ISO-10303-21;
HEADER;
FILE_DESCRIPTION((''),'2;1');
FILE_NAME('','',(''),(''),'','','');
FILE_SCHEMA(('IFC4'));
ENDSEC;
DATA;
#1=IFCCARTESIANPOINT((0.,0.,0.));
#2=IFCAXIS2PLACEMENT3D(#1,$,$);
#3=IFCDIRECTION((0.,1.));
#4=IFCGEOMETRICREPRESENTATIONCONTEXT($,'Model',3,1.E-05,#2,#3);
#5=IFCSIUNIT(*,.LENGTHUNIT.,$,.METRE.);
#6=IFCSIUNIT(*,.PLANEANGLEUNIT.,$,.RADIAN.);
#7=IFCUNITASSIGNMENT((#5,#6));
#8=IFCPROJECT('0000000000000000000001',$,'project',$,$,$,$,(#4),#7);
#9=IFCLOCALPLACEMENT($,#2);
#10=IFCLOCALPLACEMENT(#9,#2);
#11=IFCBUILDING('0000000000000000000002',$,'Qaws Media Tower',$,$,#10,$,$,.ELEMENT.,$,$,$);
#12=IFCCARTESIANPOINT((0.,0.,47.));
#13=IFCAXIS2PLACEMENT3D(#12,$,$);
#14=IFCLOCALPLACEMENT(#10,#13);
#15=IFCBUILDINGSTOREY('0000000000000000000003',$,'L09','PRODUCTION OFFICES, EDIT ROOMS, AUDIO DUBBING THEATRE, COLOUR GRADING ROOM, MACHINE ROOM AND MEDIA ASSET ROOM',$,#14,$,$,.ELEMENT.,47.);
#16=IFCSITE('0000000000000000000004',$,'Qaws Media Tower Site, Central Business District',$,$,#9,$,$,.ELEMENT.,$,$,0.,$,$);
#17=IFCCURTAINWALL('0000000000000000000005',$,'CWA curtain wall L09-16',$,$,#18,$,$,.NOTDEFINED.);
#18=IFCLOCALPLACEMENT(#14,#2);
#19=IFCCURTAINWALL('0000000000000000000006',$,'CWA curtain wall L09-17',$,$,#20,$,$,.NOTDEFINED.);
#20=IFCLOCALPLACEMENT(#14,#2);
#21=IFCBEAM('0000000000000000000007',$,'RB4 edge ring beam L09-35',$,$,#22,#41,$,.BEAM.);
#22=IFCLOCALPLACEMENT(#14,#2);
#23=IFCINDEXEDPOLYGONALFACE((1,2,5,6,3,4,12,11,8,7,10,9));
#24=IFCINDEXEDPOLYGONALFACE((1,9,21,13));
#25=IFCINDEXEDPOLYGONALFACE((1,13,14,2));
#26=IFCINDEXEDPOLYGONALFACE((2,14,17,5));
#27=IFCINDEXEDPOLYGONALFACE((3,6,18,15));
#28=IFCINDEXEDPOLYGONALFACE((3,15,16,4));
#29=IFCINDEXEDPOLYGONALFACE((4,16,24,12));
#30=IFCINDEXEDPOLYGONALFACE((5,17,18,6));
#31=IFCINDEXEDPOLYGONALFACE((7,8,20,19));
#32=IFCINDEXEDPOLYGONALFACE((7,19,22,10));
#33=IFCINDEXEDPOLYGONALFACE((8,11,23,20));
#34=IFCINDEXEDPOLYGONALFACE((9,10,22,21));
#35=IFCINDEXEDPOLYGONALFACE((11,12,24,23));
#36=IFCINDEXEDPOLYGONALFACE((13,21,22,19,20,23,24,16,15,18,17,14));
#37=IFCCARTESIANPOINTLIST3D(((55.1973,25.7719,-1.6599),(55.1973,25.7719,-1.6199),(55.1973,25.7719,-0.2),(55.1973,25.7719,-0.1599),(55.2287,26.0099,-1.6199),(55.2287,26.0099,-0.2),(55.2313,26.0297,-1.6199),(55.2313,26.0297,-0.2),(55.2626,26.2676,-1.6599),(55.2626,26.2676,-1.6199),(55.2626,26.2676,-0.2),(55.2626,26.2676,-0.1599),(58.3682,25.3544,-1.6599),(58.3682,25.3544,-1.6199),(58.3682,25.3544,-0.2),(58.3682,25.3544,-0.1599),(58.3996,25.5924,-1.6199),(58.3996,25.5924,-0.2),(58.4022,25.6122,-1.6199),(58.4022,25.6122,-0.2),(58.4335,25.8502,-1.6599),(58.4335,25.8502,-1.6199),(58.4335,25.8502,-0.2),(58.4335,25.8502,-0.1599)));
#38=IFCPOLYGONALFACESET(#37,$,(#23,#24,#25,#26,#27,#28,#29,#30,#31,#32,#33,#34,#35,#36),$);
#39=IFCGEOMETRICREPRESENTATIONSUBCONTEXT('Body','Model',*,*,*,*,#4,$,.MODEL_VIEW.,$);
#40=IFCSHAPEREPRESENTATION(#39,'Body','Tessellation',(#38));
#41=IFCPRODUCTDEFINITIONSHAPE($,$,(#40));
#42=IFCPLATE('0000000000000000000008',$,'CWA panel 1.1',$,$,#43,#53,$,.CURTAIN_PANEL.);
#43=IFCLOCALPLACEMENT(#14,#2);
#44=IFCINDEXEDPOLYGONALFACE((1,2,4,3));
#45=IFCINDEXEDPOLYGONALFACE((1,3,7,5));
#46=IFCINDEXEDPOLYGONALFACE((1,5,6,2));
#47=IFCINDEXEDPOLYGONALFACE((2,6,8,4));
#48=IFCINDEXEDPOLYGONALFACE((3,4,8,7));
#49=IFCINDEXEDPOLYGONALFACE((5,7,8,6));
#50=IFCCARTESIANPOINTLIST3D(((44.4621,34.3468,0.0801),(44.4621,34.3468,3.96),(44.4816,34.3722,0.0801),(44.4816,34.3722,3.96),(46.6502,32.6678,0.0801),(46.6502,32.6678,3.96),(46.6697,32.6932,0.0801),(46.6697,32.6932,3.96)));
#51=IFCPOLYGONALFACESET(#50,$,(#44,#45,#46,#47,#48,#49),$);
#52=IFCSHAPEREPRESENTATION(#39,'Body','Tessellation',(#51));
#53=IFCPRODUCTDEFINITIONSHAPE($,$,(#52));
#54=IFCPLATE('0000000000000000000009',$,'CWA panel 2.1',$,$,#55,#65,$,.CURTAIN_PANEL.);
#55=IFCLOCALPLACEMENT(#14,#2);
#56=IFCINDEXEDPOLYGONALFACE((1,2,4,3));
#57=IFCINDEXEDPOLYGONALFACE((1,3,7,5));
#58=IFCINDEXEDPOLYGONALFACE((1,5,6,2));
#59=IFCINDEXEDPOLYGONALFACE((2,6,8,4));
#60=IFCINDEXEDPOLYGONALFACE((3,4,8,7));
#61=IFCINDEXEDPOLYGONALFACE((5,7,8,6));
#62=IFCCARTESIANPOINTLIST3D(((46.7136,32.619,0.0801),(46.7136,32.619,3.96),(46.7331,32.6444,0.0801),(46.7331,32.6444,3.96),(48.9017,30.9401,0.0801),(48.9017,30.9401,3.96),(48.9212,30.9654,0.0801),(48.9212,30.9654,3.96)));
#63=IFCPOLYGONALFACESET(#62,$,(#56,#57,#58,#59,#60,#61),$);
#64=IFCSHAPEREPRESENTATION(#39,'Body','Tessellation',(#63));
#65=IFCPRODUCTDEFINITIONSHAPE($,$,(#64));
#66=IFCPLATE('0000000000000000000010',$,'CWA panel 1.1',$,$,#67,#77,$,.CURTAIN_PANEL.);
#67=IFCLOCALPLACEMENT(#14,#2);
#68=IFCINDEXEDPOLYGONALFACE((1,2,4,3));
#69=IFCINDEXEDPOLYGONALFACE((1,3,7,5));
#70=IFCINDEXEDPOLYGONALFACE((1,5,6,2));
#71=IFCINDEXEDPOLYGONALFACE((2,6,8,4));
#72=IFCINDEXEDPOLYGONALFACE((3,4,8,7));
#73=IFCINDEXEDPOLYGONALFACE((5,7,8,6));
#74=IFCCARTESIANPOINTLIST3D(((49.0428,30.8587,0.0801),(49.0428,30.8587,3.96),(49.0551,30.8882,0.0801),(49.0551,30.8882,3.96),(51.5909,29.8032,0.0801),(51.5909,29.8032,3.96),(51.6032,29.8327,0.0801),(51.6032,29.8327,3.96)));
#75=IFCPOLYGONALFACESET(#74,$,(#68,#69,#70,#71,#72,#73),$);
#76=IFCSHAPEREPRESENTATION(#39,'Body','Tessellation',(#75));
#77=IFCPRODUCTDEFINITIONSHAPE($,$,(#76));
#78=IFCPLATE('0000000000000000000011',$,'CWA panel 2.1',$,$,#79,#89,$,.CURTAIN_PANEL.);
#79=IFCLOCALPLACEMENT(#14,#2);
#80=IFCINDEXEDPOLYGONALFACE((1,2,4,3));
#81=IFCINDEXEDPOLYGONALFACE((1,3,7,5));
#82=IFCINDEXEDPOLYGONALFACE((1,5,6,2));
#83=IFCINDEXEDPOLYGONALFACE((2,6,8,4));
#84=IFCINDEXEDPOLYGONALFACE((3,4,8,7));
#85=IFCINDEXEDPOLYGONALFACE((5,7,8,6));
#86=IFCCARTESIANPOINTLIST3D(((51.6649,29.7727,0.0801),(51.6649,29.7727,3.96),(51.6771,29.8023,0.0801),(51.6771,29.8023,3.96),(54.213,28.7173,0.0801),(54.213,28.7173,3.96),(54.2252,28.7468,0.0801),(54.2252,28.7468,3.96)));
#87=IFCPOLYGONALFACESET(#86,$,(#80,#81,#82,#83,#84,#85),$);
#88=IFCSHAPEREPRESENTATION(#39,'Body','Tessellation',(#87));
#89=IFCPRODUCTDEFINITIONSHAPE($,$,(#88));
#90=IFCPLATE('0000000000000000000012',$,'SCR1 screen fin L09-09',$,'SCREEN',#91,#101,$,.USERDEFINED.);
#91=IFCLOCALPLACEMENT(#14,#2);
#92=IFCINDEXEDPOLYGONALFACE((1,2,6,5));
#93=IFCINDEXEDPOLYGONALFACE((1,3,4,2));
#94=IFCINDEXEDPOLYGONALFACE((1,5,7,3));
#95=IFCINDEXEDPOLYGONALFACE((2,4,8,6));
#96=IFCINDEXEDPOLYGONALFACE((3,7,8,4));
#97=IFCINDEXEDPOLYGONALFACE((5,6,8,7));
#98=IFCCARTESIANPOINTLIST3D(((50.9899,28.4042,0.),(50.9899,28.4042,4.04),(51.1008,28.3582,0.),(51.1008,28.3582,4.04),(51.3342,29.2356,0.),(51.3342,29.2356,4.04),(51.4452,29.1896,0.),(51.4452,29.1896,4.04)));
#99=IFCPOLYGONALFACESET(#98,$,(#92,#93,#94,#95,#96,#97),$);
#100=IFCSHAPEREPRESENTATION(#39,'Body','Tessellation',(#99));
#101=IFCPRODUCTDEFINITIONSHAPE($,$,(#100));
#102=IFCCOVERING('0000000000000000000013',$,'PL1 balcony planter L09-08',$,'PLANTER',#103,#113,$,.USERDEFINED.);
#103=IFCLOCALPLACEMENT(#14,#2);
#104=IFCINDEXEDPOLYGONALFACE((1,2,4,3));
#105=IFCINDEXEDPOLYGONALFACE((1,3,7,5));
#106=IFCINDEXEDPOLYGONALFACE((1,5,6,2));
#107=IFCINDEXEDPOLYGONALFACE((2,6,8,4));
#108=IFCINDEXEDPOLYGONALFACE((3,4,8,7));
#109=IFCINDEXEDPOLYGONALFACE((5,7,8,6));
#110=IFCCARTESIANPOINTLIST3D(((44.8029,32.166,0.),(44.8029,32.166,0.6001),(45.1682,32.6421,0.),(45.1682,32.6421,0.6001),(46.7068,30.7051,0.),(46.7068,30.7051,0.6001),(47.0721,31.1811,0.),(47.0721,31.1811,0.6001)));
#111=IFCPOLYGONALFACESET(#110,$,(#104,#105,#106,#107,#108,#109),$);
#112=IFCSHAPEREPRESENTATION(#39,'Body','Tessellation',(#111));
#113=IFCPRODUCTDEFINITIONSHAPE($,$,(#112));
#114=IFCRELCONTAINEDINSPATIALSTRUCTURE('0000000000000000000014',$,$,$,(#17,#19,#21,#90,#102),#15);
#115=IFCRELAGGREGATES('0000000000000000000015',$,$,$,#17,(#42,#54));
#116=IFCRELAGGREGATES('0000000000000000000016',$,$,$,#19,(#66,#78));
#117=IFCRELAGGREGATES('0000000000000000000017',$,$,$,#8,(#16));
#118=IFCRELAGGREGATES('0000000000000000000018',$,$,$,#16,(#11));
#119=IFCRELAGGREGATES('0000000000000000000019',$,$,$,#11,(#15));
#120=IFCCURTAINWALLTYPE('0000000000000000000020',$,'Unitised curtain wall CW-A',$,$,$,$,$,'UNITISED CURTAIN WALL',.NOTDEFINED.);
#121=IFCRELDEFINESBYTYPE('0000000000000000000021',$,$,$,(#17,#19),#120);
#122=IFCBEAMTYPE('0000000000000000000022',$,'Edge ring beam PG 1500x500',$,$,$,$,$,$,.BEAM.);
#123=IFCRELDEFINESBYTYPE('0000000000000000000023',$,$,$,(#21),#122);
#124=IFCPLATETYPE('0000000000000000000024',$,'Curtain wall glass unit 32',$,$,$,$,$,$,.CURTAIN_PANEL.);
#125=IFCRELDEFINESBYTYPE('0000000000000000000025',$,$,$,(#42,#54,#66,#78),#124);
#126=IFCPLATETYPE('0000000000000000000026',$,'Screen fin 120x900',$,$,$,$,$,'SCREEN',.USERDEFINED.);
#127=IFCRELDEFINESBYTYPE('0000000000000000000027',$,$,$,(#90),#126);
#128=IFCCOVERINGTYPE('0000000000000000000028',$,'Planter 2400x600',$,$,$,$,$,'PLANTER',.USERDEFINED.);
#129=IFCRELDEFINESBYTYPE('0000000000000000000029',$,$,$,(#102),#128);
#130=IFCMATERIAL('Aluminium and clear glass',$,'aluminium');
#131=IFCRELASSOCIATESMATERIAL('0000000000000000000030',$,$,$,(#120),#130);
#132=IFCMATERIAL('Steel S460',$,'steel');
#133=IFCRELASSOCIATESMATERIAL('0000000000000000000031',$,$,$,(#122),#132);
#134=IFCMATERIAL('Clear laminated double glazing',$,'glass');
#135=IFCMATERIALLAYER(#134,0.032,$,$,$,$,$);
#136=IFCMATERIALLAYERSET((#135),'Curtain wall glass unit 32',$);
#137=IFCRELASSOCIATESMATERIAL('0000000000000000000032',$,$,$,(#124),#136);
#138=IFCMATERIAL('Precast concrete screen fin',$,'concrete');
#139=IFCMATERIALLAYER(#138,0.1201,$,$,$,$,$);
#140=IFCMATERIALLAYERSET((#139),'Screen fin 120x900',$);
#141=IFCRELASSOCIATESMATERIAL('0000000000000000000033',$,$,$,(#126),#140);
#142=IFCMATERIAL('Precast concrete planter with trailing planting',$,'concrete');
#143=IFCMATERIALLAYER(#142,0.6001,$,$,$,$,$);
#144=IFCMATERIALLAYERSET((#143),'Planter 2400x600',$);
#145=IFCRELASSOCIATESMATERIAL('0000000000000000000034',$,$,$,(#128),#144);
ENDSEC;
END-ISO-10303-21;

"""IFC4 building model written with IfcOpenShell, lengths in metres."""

from ifc_helpers import new_model, si_unit, direction, frame, origin, origin_2d, place, context, subcontext, project, spatial, rectangle, i_section, extrude, material, layer, layer_set, material_profile, profile_set, type_object, element, aggregate, save


model = new_model("IFC4")

# Units and contexts
model_context = context("Model", 3, precision=1e-05, world=origin(), true_north=direction((0.0, 1.0)))
body_context = subcontext(model_context, "Body", "Model", "MODEL_VIEW")
ifc_project = project(units=[si_unit("LENGTHUNIT", "METRE"), si_unit("PLANEANGLEUNIT", "RADIAN")], contexts=[model_context])

# Site, building, storey
site_placement = place(None, origin())
site = spatial("IfcSite", under=ifc_project, at=site_placement, Name="Qaws Media Tower Site, Central Business District", CompositionType="ELEMENT", RefElevation=0.0)
building_placement = place(site_placement, origin())
building = spatial("IfcBuilding", under=site, at=building_placement, Name="Qaws Media Tower", CompositionType="ELEMENT")
storey_placement = place(building_placement, frame((0.0, 0.0, 47.0)))
storey = spatial("IfcBuildingStorey", under=building, at=storey_placement, Name="L09", Description="PRODUCTION OFFICES, EDIT ROOMS, AUDIO DUBBING THEATRE, COLOUR GRADING ROOM, MACHINE ROOM AND MEDIA ASSET ROOM", CompositionType="ELEMENT", Elevation=47.0)

# Curtain walls
ifc_material_1 = material(Name="Aluminium and clear glass", Category="aluminium")
curtain_wall_type = type_object("IfcCurtainWallType", Name="Unitised curtain wall CW-A", ElementType="UNITISED CURTAIN WALL", PredefinedType="NOTDEFINED", material=ifc_material_1)
curtain_wall_1_placement = place(storey_placement, origin())
curtain_wall_1 = element("IfcCurtainWall", 1, at=curtain_wall_1_placement, inside=storey, type_object=curtain_wall_type, Name="CWA curtain wall L09-16", PredefinedType="NOTDEFINED")
curtain_wall_2_placement = place(storey_placement, origin())
curtain_wall_2 = element("IfcCurtainWall", 2, at=curtain_wall_2_placement, inside=storey, type_object=curtain_wall_type, Name="CWA curtain wall L09-17", PredefinedType="NOTDEFINED")

# Beam
ifc_material_2 = material(Name="Steel S460", Category="steel")
ifc_material_profile_1 = material_profile(ifc_material_2, i_section(OverallWidth=0.5, OverallDepth=1.5, WebThickness=0.02, FlangeThickness=0.04, at=origin_2d()), Name="PG 1500x500")
ifc_profile_set_1 = profile_set([ifc_material_profile_1], Name="Steel S460")
beam_type = type_object("IfcBeamType", Name="Edge ring beam PG 1500x500", PredefinedType="BEAM", material=ifc_profile_set_1)
for number, where, z_axis, x_axis, name in (
    (3, (55.23, 26.0198, -0.9099), (0.991444, -0.130533, 0.0), (0.130533, 0.991444, 0.0), "RB4 edge ring beam L09-35"),
):
    element("IfcBeam", number, at=place(storey_placement, frame(where, z_axis=z_axis, x_axis=x_axis)), inside=storey, type_object=beam_type, Name=name, PredefinedType="BEAM", context=body_context, shape_type="SweptSolid", body=[
        extrude(i_section(OverallWidth=0.5, OverallDepth=1.5, WebThickness=0.02, FlangeThickness=0.04, at=origin_2d()), origin(), (0.0, 0.0, 1.0), 3.1982),
    ])

# Plates
ifc_material_3 = material(Name="Clear laminated double glazing", Category="glass")
ifc_layer_1 = layer(ifc_material_3, 0.032)
ifc_layer_set_1 = layer_set([ifc_layer_1], Name="Curtain wall glass unit 32")
plate_type_1 = type_object("IfcPlateType", Name="Curtain wall glass unit 32", PredefinedType="CURTAIN_PANEL", material=ifc_layer_set_1)
plate_1_placement = place(storey_placement, frame((45.5659, 33.52, 0.0801), z_axis=(0.0, 0.0, 1.0), x_axis=(0.793353, -0.608761, 0.0)))
plate_1 = element("IfcPlate", 4, at=plate_1_placement, type_object=plate_type_1, Name="CWA panel 1.1", PredefinedType="CURTAIN_PANEL", context=body_context, shape_type="SweptSolid", body=[
    extrude(rectangle(XDim=2.7581, YDim=0.032, at=origin_2d()), origin(), (0.0, 0.0, 1.0), 3.8799),
])
plate_2_placement = place(storey_placement, frame((47.8174, 31.7922, 0.0801), z_axis=(0.0, 0.0, 1.0), x_axis=(0.793353, -0.608761, 0.0)))
plate_2 = element("IfcPlate", 5, at=plate_2_placement, type_object=plate_type_1, Name="CWA panel 2.1", PredefinedType="CURTAIN_PANEL", context=body_context, shape_type="SweptSolid", body=[
    extrude(rectangle(XDim=2.7581, YDim=0.032, at=origin_2d()), origin(), (0.0, 0.0, 1.0), 3.8799),
])
aggregate(curtain_wall_1, [plate_1, plate_2])
plate_3_placement = place(storey_placement, frame((50.323, 30.3457, 0.0801), z_axis=(0.0, 0.0, 1.0), x_axis=(0.92388, -0.382683, 0.0)))
plate_3 = element("IfcPlate", 6, at=plate_3_placement, type_object=plate_type_1, Name="CWA panel 1.1", PredefinedType="CURTAIN_PANEL", context=body_context, shape_type="SweptSolid", body=[
    extrude(rectangle(XDim=2.7581, YDim=0.032, at=origin_2d()), origin(), (0.0, 0.0, 1.0), 3.8799),
])
plate_4_placement = place(storey_placement, frame((52.9451, 29.2598, 0.0801), z_axis=(0.0, 0.0, 1.0), x_axis=(0.92388, -0.382683, 0.0)))
plate_4 = element("IfcPlate", 7, at=plate_4_placement, type_object=plate_type_1, Name="CWA panel 2.1", PredefinedType="CURTAIN_PANEL", context=body_context, shape_type="SweptSolid", body=[
    extrude(rectangle(XDim=2.7581, YDim=0.032, at=origin_2d()), origin(), (0.0, 0.0, 1.0), 3.8799),
])
aggregate(curtain_wall_2, [plate_3, plate_4])
ifc_material_4 = material(Name="Precast concrete screen fin", Category="concrete")
ifc_layer_2 = layer(ifc_material_4, 0.1201)
ifc_layer_set_2 = layer_set([ifc_layer_2], Name="Screen fin 120x900")
plate_type_2 = type_object("IfcPlateType", Name="Screen fin 120x900", ElementType="SCREEN", PredefinedType="USERDEFINED", material=ifc_layer_set_2)
plate_5_placement = place(storey_placement, frame((51.2175, 28.7969, 0.0), z_axis=(0.0, 0.0, 1.0), x_axis=(-0.382683, -0.92388, 0.0)))
element("IfcPlate", 8, at=plate_5_placement, inside=storey, type_object=plate_type_2, Name="SCR1 screen fin L09-09", ObjectType="SCREEN", PredefinedType="USERDEFINED", context=body_context, shape_type="SweptSolid", body=[
    extrude(rectangle(XDim=0.8999, YDim=0.1201, at=origin_2d()), origin(), (0.0, 0.0, 1.0), 4.04),
])

# Covering
ifc_material_5 = material(Name="Precast concrete planter with trailing planting", Category="concrete")
ifc_layer_3 = layer(ifc_material_5, 0.6001)
ifc_layer_set_3 = layer_set([ifc_layer_3], Name="Planter 2400x600")
covering_type = type_object("IfcCoveringType", Name="Planter 2400x600", ElementType="PLANTER", PredefinedType="USERDEFINED", material=ifc_layer_set_3)
covering_placement = place(storey_placement, frame((45.9375, 31.6736, 0.0), z_axis=(0.0, 0.0, 1.0), x_axis=(0.793353, -0.608761, 0.0)))
element("IfcCovering", 9, at=covering_placement, inside=storey, type_object=covering_type, Name="PL1 balcony planter L09-08", ObjectType="PLANTER", PredefinedType="USERDEFINED", context=body_context, shape_type="SweptSolid", body=[
    extrude(rectangle(XDim=2.3999, YDim=0.6001, at=origin_2d()), origin(), (0.0, 0.0, 1.0), 0.6001),
])

save(model, "model.ifc")
